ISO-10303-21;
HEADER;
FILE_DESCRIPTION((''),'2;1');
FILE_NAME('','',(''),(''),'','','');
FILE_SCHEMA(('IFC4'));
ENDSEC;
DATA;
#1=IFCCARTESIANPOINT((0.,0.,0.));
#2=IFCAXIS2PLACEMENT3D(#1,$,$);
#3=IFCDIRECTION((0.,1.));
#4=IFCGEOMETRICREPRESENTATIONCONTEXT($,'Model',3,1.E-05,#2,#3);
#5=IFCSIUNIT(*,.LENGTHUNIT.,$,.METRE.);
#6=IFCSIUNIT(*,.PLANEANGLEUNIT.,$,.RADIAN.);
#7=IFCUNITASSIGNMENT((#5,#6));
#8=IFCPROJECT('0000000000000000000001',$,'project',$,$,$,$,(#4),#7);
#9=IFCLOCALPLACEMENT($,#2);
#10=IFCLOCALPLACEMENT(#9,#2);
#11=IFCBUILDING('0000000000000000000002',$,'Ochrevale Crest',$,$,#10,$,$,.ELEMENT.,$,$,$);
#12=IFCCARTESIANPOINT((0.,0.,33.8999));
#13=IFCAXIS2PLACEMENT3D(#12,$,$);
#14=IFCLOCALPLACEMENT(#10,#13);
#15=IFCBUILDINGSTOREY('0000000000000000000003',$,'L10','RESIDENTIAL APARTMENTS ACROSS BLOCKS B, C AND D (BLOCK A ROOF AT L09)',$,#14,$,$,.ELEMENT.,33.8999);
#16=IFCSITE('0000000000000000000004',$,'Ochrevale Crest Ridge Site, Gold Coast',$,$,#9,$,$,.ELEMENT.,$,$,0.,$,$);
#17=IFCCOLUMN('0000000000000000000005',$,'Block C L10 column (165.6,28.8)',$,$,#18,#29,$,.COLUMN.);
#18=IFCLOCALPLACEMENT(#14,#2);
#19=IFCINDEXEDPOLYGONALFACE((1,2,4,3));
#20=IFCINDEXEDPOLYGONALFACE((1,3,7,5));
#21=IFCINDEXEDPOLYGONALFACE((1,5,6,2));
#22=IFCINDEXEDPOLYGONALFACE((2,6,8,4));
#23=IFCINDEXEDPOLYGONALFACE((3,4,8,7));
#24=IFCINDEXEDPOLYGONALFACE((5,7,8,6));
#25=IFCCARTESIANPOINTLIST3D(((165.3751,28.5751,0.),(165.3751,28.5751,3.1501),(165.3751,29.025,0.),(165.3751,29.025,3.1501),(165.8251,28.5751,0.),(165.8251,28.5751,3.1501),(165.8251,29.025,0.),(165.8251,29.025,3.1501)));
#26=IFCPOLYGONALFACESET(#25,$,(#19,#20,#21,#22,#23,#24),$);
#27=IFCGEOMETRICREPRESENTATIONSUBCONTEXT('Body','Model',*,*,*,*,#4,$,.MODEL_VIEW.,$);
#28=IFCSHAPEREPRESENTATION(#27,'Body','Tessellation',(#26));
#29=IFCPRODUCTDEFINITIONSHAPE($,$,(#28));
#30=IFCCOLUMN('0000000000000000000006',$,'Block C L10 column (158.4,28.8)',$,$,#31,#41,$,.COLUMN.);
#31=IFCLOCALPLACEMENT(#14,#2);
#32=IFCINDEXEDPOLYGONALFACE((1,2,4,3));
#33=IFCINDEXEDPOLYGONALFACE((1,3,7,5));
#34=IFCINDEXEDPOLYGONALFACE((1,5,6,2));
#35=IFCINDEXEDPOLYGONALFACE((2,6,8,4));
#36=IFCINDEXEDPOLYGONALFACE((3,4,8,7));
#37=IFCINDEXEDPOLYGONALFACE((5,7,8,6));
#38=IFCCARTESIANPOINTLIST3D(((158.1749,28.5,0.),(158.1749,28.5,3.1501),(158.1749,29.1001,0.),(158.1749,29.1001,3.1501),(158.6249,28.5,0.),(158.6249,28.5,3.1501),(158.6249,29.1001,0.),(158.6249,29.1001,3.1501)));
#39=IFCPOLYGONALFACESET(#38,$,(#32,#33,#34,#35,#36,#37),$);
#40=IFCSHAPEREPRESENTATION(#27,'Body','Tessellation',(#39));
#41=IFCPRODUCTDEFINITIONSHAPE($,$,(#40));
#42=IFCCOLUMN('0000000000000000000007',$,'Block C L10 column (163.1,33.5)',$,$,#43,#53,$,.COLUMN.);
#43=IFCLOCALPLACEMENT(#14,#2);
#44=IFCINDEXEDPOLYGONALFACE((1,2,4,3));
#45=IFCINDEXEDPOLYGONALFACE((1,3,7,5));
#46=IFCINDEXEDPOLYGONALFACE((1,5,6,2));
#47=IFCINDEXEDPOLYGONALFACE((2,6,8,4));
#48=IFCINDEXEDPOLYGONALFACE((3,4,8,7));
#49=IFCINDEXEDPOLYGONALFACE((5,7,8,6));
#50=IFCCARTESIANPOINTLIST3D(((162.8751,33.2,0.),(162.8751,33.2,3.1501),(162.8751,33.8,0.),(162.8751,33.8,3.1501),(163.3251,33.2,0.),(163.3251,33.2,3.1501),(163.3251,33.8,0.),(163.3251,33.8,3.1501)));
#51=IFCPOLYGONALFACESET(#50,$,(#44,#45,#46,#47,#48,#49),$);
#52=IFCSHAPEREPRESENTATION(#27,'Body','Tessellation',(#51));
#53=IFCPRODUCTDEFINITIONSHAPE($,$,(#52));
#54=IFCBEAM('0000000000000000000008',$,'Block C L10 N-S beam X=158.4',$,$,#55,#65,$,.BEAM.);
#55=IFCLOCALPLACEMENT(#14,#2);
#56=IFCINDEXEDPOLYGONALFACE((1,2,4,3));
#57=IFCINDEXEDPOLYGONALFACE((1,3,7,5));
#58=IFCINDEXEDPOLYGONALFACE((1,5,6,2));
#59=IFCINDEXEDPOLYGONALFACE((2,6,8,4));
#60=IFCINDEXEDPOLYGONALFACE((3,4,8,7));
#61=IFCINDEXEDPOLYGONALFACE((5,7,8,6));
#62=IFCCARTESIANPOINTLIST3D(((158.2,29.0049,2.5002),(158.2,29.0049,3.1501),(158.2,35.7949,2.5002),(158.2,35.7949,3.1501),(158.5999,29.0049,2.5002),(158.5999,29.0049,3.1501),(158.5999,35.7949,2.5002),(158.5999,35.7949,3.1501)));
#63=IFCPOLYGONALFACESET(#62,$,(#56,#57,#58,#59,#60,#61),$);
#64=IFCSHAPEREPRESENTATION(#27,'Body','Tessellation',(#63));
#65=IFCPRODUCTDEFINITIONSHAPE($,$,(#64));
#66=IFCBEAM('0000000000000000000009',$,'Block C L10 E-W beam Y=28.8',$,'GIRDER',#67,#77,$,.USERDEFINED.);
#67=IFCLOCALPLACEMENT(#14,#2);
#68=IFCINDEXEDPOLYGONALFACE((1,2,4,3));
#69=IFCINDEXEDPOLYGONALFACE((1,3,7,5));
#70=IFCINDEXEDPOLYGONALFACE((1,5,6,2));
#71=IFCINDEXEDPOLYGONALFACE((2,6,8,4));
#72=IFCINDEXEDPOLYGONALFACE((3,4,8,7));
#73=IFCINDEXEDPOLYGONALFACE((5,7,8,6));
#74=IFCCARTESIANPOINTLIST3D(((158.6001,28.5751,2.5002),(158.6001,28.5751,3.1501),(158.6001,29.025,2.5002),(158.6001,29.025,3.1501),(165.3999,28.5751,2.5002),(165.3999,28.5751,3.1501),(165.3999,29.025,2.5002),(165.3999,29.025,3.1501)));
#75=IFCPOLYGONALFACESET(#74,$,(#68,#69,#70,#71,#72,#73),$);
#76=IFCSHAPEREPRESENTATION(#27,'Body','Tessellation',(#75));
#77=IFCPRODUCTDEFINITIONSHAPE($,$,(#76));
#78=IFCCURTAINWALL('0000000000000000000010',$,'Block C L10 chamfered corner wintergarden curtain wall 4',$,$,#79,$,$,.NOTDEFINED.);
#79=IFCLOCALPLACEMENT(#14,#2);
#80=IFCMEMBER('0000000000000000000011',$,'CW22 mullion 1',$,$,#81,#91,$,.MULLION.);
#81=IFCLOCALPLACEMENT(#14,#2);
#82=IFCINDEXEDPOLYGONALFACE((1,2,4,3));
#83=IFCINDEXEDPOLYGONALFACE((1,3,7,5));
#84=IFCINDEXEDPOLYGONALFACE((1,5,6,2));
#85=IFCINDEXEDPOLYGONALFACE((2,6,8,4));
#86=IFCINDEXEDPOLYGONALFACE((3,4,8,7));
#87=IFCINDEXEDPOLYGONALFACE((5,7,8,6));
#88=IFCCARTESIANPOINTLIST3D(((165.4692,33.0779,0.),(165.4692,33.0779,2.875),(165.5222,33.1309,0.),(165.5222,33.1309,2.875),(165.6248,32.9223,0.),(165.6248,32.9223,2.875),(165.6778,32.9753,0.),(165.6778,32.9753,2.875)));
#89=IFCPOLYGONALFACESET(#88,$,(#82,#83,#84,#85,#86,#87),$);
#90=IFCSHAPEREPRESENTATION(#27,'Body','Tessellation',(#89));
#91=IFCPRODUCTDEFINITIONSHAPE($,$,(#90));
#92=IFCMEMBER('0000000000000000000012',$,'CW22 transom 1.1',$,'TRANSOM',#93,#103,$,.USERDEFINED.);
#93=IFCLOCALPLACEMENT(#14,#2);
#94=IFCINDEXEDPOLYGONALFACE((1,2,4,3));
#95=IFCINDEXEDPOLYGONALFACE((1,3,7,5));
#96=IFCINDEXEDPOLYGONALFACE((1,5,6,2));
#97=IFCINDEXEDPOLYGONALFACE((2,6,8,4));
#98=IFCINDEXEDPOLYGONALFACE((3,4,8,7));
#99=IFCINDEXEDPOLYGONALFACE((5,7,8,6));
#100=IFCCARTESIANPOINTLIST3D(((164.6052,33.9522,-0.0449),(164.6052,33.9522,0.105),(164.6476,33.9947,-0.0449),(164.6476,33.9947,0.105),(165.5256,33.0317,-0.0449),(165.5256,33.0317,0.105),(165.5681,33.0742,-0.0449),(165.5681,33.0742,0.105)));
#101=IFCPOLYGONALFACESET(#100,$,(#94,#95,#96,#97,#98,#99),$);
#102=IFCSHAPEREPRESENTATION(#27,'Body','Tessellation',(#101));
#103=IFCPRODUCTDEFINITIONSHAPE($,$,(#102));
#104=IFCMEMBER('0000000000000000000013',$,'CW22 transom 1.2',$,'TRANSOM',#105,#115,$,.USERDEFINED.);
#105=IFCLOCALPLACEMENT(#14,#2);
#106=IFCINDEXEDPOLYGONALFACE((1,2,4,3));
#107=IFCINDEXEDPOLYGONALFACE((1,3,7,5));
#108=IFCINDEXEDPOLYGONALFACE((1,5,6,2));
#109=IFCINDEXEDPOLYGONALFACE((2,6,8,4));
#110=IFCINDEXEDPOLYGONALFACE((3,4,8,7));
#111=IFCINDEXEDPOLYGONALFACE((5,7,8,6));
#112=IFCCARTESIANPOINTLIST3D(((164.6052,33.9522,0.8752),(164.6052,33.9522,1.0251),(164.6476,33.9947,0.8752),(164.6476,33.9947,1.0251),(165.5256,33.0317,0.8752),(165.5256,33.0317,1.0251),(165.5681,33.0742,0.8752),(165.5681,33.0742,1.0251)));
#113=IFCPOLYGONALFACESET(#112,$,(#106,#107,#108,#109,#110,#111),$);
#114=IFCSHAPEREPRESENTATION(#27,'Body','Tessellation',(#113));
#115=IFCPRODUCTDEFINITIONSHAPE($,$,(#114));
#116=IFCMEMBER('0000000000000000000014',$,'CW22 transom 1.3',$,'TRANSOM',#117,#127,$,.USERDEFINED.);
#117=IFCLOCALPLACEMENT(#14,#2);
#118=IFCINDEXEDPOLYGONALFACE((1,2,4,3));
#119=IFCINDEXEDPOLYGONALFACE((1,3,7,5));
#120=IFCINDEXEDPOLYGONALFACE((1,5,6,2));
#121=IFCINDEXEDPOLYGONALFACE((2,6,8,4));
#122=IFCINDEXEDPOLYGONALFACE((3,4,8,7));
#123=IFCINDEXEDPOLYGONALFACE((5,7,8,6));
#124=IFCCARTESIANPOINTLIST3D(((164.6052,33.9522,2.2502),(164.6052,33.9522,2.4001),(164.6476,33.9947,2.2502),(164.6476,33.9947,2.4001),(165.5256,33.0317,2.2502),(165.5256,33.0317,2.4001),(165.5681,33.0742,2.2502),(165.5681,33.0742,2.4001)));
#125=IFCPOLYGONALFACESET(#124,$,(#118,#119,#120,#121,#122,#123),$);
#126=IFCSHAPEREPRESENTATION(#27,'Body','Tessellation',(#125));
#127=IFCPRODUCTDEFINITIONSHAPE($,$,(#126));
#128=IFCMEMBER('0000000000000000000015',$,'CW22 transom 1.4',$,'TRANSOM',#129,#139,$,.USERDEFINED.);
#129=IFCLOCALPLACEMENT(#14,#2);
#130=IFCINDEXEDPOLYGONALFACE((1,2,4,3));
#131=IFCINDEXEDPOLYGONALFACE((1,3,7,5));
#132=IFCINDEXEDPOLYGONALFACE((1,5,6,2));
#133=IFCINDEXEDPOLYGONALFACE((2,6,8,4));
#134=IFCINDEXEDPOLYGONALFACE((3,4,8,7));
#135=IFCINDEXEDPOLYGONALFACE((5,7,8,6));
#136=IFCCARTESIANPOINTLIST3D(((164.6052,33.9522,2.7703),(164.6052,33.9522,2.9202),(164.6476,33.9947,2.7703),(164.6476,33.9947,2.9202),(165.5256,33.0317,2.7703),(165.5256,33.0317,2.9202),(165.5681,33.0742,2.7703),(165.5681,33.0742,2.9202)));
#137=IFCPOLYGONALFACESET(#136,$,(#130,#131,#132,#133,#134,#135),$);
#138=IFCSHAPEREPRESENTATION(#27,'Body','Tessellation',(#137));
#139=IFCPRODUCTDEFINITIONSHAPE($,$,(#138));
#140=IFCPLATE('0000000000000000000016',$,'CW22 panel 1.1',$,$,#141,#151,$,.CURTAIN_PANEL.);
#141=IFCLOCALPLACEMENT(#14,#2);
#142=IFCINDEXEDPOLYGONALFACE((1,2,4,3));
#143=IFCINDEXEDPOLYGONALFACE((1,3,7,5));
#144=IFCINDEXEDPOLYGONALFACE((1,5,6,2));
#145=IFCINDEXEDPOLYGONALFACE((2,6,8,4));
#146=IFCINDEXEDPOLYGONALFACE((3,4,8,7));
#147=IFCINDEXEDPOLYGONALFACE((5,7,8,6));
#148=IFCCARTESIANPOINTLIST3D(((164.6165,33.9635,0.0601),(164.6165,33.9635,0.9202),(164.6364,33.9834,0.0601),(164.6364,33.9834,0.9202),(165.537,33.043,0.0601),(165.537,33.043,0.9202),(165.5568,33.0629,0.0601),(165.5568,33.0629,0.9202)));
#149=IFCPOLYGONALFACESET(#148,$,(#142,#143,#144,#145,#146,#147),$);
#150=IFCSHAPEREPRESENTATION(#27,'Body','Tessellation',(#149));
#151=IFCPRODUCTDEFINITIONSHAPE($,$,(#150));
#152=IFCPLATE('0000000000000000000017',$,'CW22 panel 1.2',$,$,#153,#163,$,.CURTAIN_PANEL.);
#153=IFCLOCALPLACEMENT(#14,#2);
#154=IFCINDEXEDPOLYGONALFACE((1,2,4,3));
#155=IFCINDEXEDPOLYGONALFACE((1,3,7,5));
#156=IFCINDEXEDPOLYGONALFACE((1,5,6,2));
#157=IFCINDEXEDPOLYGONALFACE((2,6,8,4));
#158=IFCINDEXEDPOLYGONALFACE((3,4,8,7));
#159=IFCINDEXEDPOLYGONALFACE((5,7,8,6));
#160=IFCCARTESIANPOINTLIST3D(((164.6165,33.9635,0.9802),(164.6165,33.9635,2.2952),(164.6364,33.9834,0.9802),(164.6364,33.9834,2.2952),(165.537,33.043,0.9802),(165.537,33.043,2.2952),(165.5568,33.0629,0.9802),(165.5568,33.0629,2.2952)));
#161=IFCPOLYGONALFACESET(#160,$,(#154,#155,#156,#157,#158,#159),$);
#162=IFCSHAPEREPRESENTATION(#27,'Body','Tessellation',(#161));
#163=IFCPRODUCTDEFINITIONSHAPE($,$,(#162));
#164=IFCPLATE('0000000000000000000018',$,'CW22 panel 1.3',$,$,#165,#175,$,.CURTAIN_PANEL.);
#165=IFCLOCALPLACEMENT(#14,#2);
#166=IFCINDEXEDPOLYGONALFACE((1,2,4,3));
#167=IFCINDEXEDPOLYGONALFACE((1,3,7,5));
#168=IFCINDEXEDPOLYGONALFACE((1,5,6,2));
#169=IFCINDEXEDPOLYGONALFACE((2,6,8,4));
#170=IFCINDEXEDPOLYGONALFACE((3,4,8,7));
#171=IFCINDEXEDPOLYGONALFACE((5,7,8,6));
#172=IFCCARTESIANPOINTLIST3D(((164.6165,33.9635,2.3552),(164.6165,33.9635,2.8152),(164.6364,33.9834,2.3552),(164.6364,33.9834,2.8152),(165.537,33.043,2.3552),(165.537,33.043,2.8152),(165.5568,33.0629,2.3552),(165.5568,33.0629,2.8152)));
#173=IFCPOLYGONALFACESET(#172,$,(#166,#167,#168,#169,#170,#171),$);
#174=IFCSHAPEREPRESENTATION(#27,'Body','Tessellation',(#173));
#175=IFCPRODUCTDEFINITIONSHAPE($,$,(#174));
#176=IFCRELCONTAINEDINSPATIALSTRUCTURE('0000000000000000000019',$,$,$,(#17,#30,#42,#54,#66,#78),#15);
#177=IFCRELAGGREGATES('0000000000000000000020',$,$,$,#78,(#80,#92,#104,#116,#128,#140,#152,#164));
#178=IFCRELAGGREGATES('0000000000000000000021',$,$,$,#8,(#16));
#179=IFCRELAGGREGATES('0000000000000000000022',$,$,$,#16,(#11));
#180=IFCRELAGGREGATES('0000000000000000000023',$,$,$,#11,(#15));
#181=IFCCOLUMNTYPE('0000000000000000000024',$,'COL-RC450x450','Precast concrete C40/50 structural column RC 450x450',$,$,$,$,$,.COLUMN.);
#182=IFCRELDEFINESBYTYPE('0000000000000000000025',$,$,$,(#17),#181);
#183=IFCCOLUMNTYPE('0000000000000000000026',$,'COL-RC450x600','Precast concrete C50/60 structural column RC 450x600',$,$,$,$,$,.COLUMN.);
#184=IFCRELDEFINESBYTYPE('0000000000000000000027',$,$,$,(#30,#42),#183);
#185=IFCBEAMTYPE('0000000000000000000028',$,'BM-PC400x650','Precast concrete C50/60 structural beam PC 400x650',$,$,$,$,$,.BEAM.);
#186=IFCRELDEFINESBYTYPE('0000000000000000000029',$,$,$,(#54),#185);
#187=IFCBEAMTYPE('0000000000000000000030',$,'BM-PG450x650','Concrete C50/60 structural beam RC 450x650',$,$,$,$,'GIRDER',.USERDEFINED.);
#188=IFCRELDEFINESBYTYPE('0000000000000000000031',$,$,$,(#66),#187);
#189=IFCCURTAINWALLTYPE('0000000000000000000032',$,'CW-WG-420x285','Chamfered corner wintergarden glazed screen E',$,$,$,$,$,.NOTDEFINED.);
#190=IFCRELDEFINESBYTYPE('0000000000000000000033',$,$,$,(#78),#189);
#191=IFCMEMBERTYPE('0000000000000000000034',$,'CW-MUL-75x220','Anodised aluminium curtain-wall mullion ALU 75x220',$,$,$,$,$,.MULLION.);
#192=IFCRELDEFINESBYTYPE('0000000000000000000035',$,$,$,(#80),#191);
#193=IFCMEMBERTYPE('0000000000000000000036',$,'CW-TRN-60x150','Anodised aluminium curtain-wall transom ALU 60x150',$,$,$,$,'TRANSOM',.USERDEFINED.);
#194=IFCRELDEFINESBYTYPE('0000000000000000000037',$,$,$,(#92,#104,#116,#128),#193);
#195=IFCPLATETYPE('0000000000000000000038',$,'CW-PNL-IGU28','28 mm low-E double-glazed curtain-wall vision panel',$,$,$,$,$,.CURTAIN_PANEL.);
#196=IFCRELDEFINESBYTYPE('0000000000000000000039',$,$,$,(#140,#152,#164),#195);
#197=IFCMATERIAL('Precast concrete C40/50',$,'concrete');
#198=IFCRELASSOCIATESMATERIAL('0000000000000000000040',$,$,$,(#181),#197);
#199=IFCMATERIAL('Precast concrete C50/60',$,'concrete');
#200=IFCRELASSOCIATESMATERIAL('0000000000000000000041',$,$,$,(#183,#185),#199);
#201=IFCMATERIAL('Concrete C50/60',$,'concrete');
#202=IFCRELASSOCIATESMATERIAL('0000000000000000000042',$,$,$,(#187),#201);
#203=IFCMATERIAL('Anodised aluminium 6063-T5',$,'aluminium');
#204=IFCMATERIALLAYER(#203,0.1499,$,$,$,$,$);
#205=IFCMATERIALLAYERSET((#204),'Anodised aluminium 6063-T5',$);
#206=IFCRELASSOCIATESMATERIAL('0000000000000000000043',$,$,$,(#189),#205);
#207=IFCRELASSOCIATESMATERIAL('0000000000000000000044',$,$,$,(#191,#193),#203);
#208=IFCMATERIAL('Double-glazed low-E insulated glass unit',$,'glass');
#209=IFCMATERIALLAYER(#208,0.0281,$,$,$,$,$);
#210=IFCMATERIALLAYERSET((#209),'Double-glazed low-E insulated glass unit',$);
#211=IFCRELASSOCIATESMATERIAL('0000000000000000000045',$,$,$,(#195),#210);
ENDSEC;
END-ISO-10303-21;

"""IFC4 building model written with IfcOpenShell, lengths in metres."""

from ifc_helpers import new_model, si_unit, direction, frame, origin, origin_2d, place, context, subcontext, project, spatial, rectangle, extrude, material, layer, layer_set, material_profile, profile_set, type_object, element, aggregate, save


model = new_model("IFC4")

# Units and contexts
model_context = context("Model", 3, precision=1e-05, world=origin(), true_north=direction((0.0, 1.0)))
body_context = subcontext(model_context, "Body", "Model", "MODEL_VIEW")
ifc_project = project(units=[si_unit("LENGTHUNIT", "METRE"), si_unit("PLANEANGLEUNIT", "RADIAN")], contexts=[model_context])

# Site, building, storey
site_placement = place(None, origin())
site = spatial("IfcSite", under=ifc_project, at=site_placement, Name="Ochrevale Crest Ridge Site, Gold Coast", CompositionType="ELEMENT", RefElevation=0.0)
building_placement = place(site_placement, origin())
building = spatial("IfcBuilding", under=site, at=building_placement, Name="Ochrevale Crest", CompositionType="ELEMENT")
storey_placement = place(building_placement, frame((0.0, 0.0, 33.8999)))
storey = spatial("IfcBuildingStorey", under=building, at=storey_placement, Name="L10", Description="RESIDENTIAL APARTMENTS ACROSS BLOCKS B, C AND D (BLOCK A ROOF AT L09)", CompositionType="ELEMENT", Elevation=33.8999)

# Columns
ifc_material_1 = material(Name="Precast concrete C40/50", Category="concrete")
ifc_material_profile_1 = material_profile(ifc_material_1, rectangle(XDim=0.45, YDim=0.45, at=origin_2d()), Name="RC 450x450")
ifc_profile_set_1 = profile_set([ifc_material_profile_1], Name="Precast concrete C40/50")
column_type_1 = type_object("IfcColumnType", Name="COL-RC450x450", Description="Precast concrete C40/50 structural column RC 450x450", PredefinedType="COLUMN", material=ifc_profile_set_1)
column_placement = place(storey_placement, frame((165.6001, 28.8, 0.0), z_axis=(0.0, 0.0, 1.0), x_axis=(1.0, 0.0, 0.0)))
element("IfcColumn", 1, at=column_placement, inside=storey, type_object=column_type_1, Name="Block C L10 column (165.6,28.8)", PredefinedType="COLUMN", context=body_context, shape_type="SweptSolid", body=[
    extrude(rectangle(XDim=0.45, YDim=0.45, at=origin_2d()), origin(), (0.0, 0.0, 1.0), 3.1501),
])
ifc_material_2 = material(Name="Precast concrete C50/60", Category="concrete")
ifc_material_profile_2 = material_profile(ifc_material_2, rectangle(XDim=0.45, YDim=0.6001, at=origin_2d()), Name="RC 450x600")
ifc_profile_set_2 = profile_set([ifc_material_profile_2], Name="Precast concrete C50/60")
column_type_2 = type_object("IfcColumnType", Name="COL-RC450x600", Description="Precast concrete C50/60 structural column RC 450x600", PredefinedType="COLUMN", material=ifc_profile_set_2)
for number, where, z_axis, x_axis, name in (
    (2, (158.3999, 28.8, 0.0), (0.0, 0.0, 1.0), (1.0, 0.0, 0.0), "Block C L10 column (158.4,28.8)"),
    (3, (163.1001, 33.5, 0.0), (0.0, 0.0, 1.0), (1.0, 0.0, 0.0), "Block C L10 column (163.1,33.5)"),
):
    element("IfcColumn", number, at=place(storey_placement, frame(where, z_axis=z_axis, x_axis=x_axis)), inside=storey, type_object=column_type_2, Name=name, PredefinedType="COLUMN", context=body_context, shape_type="SweptSolid", body=[
        extrude(rectangle(XDim=0.45, YDim=0.6001, at=origin_2d()), origin(), (0.0, 0.0, 1.0), 3.1501),
    ])

# Beams
ifc_material_profile_3 = material_profile(ifc_material_2, rectangle(XDim=0.3999, YDim=0.6499, at=origin_2d()), Name="PC 400x650")
ifc_profile_set_3 = profile_set([ifc_material_profile_3], Name="Precast concrete C50/60")
beam_type_1 = type_object("IfcBeamType", Name="BM-PC400x650", Description="Precast concrete C50/60 structural beam PC 400x650", PredefinedType="BEAM", material=ifc_profile_set_3)
beam_1_placement = place(storey_placement, frame((158.3999, 29.0049, 2.8252), z_axis=(0.0, 1.0, 0.0), x_axis=(-1.0, 0.0, 0.0)))
element("IfcBeam", 4, at=beam_1_placement, inside=storey, type_object=beam_type_1, Name="Block C L10 N-S beam X=158.4", PredefinedType="BEAM", context=body_context, shape_type="SweptSolid", body=[
    extrude(rectangle(XDim=0.3999, YDim=0.6499, at=origin_2d()), origin(), (0.0, 0.0, 1.0), 6.79),
])
ifc_material_3 = material(Name="Concrete C50/60", Category="concrete")
ifc_material_profile_4 = material_profile(ifc_material_3, rectangle(XDim=0.45, YDim=0.6499, at=origin_2d()), Name="RC 450x650")
ifc_profile_set_4 = profile_set([ifc_material_profile_4], Name="Concrete C50/60")
beam_type_2 = type_object("IfcBeamType", Name="BM-PG450x650", Description="Concrete C50/60 structural beam RC 450x650", ElementType="GIRDER", PredefinedType="USERDEFINED", material=ifc_profile_set_4)
beam_2_placement = place(storey_placement, frame((158.6001, 28.8, 2.8252), z_axis=(1.0, 0.0, 0.0), x_axis=(0.0, 1.0, 0.0)))
element("IfcBeam", 5, at=beam_2_placement, inside=storey, type_object=beam_type_2, Name="Block C L10 E-W beam Y=28.8", ObjectType="GIRDER", PredefinedType="USERDEFINED", context=body_context, shape_type="SweptSolid", body=[
    extrude(rectangle(XDim=0.45, YDim=0.6499, at=origin_2d()), origin(), (0.0, 0.0, 1.0), 6.7998),
])

# Curtain wall, members, plates
ifc_material_4 = material(Name="Anodised aluminium 6063-T5", Category="aluminium")
ifc_layer_1 = layer(ifc_material_4, 0.1499)
ifc_layer_set_1 = layer_set([ifc_layer_1], Name="Anodised aluminium 6063-T5")
curtain_wall_type = type_object("IfcCurtainWallType", Name="CW-WG-420x285", Description="Chamfered corner wintergarden glazed screen E", PredefinedType="NOTDEFINED", material=ifc_layer_set_1)
curtain_wall_placement = place(storey_placement, origin())
curtain_wall = element("IfcCurtainWall", 6, at=curtain_wall_placement, inside=storey, type_object=curtain_wall_type, Name="Block C L10 chamfered corner wintergarden curtain wall 4", PredefinedType="NOTDEFINED")
ifc_material_profile_5 = material_profile(ifc_material_4, rectangle(XDim=0.075, YDim=0.22, at=origin_2d()), Name="ALU 75x220")
ifc_profile_set_5 = profile_set([ifc_material_profile_5], Name="Anodised aluminium 6063-T5")
member_type_1 = type_object("IfcMemberType", Name="CW-MUL-75x220", Description="Anodised aluminium curtain-wall mullion ALU 75x220", PredefinedType="MULLION", material=ifc_profile_set_5)
member_1_placement = place(storey_placement, frame((165.5735, 33.0266, 0.0), z_axis=(0.0, 0.0, 1.0), x_axis=(-0.707107, -0.707107, 0.0)))
member_1 = element("IfcMember", 7, at=member_1_placement, type_object=member_type_1, Name="CW22 mullion 1", PredefinedType="MULLION", context=body_context, shape_type="SweptSolid", body=[
    extrude(rectangle(XDim=0.075, YDim=0.22, at=origin_2d()), origin(), (0.0, 0.0, 1.0), 2.875),
])
ifc_material_profile_6 = material_profile(ifc_material_4, rectangle(XDim=0.0601, YDim=0.1499, at=origin_2d()), Name="ALU 60x150")
ifc_profile_set_6 = profile_set([ifc_material_profile_6], Name="Anodised aluminium 6063-T5")
member_type_2 = type_object("IfcMemberType", Name="CW-TRN-60x150", Description="Anodised aluminium curtain-wall transom ALU 60x150", ElementType="TRANSOM", PredefinedType="USERDEFINED", material=ifc_profile_set_6)
member_2_placement = place(storey_placement, frame((165.5469, 33.053, 0.03), z_axis=(-0.707107, 0.707107, 0.0), x_axis=(-0.707107, -0.707107, 0.0)))
member_2 = element("IfcMember", 8, at=member_2_placement, type_object=member_type_2, Name="CW22 transom 1.1", ObjectType="TRANSOM", PredefinedType="USERDEFINED", context=body_context, shape_type="SweptSolid", body=[
    extrude(rectangle(XDim=0.0601, YDim=0.1499, at=origin_2d()), origin(), (0.0, 0.0, 1.0), 1.3018),
])
member_3_placement = place(storey_placement, frame((165.5469, 33.053, 0.9502), z_axis=(-0.707107, 0.707107, 0.0), x_axis=(-0.707107, -0.707107, 0.0)))
member_3 = element("IfcMember", 9, at=member_3_placement, type_object=member_type_2, Name="CW22 transom 1.2", ObjectType="TRANSOM", PredefinedType="USERDEFINED", context=body_context, shape_type="SweptSolid", body=[
    extrude(rectangle(XDim=0.0601, YDim=0.1499, at=origin_2d()), origin(), (0.0, 0.0, 1.0), 1.3018),
])
member_4_placement = place(storey_placement, frame((165.5469, 33.053, 2.3252), z_axis=(-0.707107, 0.707107, 0.0), x_axis=(-0.707107, -0.707107, 0.0)))
member_4 = element("IfcMember", 10, at=member_4_placement, type_object=member_type_2, Name="CW22 transom 1.3", ObjectType="TRANSOM", PredefinedType="USERDEFINED", context=body_context, shape_type="SweptSolid", body=[
    extrude(rectangle(XDim=0.0601, YDim=0.1499, at=origin_2d()), origin(), (0.0, 0.0, 1.0), 1.3018),
])
member_5_placement = place(storey_placement, frame((165.5469, 33.053, 2.8452), z_axis=(-0.707107, 0.707107, 0.0), x_axis=(-0.707107, -0.707107, 0.0)))
member_5 = element("IfcMember", 11, at=member_5_placement, type_object=member_type_2, Name="CW22 transom 1.4", ObjectType="TRANSOM", PredefinedType="USERDEFINED", context=body_context, shape_type="SweptSolid", body=[
    extrude(rectangle(XDim=0.0601, YDim=0.1499, at=origin_2d()), origin(), (0.0, 0.0, 1.0), 1.3018),
])
ifc_material_5 = material(Name="Double-glazed low-E insulated glass unit", Category="glass")
ifc_layer_2 = layer(ifc_material_5, 0.0281)
ifc_layer_set_2 = layer_set([ifc_layer_2], Name="Double-glazed low-E insulated glass unit")
plate_type = type_object("IfcPlateType", Name="CW-PNL-IGU28", Description="28 mm low-E double-glazed curtain-wall vision panel", PredefinedType="CURTAIN_PANEL", material=ifc_layer_set_2)
plate_1_placement = place(storey_placement, frame((165.0867, 33.5132, 0.0601), z_axis=(0.0, 0.0, 1.0), x_axis=(-0.707107, 0.707107, 0.0)))
plate_1 = element("IfcPlate", 12, at=plate_1_placement, type_object=plate_type, Name="CW22 panel 1.1", PredefinedType="CURTAIN_PANEL", context=body_context, shape_type="SweptSolid", body=[
    extrude(rectangle(XDim=1.3018, YDim=0.0281, at=origin_2d()), origin(), (0.0, 0.0, 1.0), 0.8601),
])
plate_2_placement = place(storey_placement, frame((165.0867, 33.5132, 0.9802), z_axis=(0.0, 0.0, 1.0), x_axis=(-0.707107, 0.707107, 0.0)))
plate_2 = element("IfcPlate", 13, at=plate_2_placement, type_object=plate_type, Name="CW22 panel 1.2", PredefinedType="CURTAIN_PANEL", context=body_context, shape_type="SweptSolid", body=[
    extrude(rectangle(XDim=1.3018, YDim=0.0281, at=origin_2d()), origin(), (0.0, 0.0, 1.0), 1.3149),
])
plate_3_placement = place(storey_placement, frame((165.0867, 33.5132, 2.3552), z_axis=(0.0, 0.0, 1.0), x_axis=(-0.707107, 0.707107, 0.0)))
plate_3 = element("IfcPlate", 14, at=plate_3_placement, type_object=plate_type, Name="CW22 panel 1.3", PredefinedType="CURTAIN_PANEL", context=body_context, shape_type="SweptSolid", body=[
    extrude(rectangle(XDim=1.3018, YDim=0.0281, at=origin_2d()), origin(), (0.0, 0.0, 1.0), 0.46),
])
aggregate(curtain_wall, [member_1, member_2, member_3, member_4, member_5, plate_1, plate_2, plate_3])

save(model, "model.ifc")
